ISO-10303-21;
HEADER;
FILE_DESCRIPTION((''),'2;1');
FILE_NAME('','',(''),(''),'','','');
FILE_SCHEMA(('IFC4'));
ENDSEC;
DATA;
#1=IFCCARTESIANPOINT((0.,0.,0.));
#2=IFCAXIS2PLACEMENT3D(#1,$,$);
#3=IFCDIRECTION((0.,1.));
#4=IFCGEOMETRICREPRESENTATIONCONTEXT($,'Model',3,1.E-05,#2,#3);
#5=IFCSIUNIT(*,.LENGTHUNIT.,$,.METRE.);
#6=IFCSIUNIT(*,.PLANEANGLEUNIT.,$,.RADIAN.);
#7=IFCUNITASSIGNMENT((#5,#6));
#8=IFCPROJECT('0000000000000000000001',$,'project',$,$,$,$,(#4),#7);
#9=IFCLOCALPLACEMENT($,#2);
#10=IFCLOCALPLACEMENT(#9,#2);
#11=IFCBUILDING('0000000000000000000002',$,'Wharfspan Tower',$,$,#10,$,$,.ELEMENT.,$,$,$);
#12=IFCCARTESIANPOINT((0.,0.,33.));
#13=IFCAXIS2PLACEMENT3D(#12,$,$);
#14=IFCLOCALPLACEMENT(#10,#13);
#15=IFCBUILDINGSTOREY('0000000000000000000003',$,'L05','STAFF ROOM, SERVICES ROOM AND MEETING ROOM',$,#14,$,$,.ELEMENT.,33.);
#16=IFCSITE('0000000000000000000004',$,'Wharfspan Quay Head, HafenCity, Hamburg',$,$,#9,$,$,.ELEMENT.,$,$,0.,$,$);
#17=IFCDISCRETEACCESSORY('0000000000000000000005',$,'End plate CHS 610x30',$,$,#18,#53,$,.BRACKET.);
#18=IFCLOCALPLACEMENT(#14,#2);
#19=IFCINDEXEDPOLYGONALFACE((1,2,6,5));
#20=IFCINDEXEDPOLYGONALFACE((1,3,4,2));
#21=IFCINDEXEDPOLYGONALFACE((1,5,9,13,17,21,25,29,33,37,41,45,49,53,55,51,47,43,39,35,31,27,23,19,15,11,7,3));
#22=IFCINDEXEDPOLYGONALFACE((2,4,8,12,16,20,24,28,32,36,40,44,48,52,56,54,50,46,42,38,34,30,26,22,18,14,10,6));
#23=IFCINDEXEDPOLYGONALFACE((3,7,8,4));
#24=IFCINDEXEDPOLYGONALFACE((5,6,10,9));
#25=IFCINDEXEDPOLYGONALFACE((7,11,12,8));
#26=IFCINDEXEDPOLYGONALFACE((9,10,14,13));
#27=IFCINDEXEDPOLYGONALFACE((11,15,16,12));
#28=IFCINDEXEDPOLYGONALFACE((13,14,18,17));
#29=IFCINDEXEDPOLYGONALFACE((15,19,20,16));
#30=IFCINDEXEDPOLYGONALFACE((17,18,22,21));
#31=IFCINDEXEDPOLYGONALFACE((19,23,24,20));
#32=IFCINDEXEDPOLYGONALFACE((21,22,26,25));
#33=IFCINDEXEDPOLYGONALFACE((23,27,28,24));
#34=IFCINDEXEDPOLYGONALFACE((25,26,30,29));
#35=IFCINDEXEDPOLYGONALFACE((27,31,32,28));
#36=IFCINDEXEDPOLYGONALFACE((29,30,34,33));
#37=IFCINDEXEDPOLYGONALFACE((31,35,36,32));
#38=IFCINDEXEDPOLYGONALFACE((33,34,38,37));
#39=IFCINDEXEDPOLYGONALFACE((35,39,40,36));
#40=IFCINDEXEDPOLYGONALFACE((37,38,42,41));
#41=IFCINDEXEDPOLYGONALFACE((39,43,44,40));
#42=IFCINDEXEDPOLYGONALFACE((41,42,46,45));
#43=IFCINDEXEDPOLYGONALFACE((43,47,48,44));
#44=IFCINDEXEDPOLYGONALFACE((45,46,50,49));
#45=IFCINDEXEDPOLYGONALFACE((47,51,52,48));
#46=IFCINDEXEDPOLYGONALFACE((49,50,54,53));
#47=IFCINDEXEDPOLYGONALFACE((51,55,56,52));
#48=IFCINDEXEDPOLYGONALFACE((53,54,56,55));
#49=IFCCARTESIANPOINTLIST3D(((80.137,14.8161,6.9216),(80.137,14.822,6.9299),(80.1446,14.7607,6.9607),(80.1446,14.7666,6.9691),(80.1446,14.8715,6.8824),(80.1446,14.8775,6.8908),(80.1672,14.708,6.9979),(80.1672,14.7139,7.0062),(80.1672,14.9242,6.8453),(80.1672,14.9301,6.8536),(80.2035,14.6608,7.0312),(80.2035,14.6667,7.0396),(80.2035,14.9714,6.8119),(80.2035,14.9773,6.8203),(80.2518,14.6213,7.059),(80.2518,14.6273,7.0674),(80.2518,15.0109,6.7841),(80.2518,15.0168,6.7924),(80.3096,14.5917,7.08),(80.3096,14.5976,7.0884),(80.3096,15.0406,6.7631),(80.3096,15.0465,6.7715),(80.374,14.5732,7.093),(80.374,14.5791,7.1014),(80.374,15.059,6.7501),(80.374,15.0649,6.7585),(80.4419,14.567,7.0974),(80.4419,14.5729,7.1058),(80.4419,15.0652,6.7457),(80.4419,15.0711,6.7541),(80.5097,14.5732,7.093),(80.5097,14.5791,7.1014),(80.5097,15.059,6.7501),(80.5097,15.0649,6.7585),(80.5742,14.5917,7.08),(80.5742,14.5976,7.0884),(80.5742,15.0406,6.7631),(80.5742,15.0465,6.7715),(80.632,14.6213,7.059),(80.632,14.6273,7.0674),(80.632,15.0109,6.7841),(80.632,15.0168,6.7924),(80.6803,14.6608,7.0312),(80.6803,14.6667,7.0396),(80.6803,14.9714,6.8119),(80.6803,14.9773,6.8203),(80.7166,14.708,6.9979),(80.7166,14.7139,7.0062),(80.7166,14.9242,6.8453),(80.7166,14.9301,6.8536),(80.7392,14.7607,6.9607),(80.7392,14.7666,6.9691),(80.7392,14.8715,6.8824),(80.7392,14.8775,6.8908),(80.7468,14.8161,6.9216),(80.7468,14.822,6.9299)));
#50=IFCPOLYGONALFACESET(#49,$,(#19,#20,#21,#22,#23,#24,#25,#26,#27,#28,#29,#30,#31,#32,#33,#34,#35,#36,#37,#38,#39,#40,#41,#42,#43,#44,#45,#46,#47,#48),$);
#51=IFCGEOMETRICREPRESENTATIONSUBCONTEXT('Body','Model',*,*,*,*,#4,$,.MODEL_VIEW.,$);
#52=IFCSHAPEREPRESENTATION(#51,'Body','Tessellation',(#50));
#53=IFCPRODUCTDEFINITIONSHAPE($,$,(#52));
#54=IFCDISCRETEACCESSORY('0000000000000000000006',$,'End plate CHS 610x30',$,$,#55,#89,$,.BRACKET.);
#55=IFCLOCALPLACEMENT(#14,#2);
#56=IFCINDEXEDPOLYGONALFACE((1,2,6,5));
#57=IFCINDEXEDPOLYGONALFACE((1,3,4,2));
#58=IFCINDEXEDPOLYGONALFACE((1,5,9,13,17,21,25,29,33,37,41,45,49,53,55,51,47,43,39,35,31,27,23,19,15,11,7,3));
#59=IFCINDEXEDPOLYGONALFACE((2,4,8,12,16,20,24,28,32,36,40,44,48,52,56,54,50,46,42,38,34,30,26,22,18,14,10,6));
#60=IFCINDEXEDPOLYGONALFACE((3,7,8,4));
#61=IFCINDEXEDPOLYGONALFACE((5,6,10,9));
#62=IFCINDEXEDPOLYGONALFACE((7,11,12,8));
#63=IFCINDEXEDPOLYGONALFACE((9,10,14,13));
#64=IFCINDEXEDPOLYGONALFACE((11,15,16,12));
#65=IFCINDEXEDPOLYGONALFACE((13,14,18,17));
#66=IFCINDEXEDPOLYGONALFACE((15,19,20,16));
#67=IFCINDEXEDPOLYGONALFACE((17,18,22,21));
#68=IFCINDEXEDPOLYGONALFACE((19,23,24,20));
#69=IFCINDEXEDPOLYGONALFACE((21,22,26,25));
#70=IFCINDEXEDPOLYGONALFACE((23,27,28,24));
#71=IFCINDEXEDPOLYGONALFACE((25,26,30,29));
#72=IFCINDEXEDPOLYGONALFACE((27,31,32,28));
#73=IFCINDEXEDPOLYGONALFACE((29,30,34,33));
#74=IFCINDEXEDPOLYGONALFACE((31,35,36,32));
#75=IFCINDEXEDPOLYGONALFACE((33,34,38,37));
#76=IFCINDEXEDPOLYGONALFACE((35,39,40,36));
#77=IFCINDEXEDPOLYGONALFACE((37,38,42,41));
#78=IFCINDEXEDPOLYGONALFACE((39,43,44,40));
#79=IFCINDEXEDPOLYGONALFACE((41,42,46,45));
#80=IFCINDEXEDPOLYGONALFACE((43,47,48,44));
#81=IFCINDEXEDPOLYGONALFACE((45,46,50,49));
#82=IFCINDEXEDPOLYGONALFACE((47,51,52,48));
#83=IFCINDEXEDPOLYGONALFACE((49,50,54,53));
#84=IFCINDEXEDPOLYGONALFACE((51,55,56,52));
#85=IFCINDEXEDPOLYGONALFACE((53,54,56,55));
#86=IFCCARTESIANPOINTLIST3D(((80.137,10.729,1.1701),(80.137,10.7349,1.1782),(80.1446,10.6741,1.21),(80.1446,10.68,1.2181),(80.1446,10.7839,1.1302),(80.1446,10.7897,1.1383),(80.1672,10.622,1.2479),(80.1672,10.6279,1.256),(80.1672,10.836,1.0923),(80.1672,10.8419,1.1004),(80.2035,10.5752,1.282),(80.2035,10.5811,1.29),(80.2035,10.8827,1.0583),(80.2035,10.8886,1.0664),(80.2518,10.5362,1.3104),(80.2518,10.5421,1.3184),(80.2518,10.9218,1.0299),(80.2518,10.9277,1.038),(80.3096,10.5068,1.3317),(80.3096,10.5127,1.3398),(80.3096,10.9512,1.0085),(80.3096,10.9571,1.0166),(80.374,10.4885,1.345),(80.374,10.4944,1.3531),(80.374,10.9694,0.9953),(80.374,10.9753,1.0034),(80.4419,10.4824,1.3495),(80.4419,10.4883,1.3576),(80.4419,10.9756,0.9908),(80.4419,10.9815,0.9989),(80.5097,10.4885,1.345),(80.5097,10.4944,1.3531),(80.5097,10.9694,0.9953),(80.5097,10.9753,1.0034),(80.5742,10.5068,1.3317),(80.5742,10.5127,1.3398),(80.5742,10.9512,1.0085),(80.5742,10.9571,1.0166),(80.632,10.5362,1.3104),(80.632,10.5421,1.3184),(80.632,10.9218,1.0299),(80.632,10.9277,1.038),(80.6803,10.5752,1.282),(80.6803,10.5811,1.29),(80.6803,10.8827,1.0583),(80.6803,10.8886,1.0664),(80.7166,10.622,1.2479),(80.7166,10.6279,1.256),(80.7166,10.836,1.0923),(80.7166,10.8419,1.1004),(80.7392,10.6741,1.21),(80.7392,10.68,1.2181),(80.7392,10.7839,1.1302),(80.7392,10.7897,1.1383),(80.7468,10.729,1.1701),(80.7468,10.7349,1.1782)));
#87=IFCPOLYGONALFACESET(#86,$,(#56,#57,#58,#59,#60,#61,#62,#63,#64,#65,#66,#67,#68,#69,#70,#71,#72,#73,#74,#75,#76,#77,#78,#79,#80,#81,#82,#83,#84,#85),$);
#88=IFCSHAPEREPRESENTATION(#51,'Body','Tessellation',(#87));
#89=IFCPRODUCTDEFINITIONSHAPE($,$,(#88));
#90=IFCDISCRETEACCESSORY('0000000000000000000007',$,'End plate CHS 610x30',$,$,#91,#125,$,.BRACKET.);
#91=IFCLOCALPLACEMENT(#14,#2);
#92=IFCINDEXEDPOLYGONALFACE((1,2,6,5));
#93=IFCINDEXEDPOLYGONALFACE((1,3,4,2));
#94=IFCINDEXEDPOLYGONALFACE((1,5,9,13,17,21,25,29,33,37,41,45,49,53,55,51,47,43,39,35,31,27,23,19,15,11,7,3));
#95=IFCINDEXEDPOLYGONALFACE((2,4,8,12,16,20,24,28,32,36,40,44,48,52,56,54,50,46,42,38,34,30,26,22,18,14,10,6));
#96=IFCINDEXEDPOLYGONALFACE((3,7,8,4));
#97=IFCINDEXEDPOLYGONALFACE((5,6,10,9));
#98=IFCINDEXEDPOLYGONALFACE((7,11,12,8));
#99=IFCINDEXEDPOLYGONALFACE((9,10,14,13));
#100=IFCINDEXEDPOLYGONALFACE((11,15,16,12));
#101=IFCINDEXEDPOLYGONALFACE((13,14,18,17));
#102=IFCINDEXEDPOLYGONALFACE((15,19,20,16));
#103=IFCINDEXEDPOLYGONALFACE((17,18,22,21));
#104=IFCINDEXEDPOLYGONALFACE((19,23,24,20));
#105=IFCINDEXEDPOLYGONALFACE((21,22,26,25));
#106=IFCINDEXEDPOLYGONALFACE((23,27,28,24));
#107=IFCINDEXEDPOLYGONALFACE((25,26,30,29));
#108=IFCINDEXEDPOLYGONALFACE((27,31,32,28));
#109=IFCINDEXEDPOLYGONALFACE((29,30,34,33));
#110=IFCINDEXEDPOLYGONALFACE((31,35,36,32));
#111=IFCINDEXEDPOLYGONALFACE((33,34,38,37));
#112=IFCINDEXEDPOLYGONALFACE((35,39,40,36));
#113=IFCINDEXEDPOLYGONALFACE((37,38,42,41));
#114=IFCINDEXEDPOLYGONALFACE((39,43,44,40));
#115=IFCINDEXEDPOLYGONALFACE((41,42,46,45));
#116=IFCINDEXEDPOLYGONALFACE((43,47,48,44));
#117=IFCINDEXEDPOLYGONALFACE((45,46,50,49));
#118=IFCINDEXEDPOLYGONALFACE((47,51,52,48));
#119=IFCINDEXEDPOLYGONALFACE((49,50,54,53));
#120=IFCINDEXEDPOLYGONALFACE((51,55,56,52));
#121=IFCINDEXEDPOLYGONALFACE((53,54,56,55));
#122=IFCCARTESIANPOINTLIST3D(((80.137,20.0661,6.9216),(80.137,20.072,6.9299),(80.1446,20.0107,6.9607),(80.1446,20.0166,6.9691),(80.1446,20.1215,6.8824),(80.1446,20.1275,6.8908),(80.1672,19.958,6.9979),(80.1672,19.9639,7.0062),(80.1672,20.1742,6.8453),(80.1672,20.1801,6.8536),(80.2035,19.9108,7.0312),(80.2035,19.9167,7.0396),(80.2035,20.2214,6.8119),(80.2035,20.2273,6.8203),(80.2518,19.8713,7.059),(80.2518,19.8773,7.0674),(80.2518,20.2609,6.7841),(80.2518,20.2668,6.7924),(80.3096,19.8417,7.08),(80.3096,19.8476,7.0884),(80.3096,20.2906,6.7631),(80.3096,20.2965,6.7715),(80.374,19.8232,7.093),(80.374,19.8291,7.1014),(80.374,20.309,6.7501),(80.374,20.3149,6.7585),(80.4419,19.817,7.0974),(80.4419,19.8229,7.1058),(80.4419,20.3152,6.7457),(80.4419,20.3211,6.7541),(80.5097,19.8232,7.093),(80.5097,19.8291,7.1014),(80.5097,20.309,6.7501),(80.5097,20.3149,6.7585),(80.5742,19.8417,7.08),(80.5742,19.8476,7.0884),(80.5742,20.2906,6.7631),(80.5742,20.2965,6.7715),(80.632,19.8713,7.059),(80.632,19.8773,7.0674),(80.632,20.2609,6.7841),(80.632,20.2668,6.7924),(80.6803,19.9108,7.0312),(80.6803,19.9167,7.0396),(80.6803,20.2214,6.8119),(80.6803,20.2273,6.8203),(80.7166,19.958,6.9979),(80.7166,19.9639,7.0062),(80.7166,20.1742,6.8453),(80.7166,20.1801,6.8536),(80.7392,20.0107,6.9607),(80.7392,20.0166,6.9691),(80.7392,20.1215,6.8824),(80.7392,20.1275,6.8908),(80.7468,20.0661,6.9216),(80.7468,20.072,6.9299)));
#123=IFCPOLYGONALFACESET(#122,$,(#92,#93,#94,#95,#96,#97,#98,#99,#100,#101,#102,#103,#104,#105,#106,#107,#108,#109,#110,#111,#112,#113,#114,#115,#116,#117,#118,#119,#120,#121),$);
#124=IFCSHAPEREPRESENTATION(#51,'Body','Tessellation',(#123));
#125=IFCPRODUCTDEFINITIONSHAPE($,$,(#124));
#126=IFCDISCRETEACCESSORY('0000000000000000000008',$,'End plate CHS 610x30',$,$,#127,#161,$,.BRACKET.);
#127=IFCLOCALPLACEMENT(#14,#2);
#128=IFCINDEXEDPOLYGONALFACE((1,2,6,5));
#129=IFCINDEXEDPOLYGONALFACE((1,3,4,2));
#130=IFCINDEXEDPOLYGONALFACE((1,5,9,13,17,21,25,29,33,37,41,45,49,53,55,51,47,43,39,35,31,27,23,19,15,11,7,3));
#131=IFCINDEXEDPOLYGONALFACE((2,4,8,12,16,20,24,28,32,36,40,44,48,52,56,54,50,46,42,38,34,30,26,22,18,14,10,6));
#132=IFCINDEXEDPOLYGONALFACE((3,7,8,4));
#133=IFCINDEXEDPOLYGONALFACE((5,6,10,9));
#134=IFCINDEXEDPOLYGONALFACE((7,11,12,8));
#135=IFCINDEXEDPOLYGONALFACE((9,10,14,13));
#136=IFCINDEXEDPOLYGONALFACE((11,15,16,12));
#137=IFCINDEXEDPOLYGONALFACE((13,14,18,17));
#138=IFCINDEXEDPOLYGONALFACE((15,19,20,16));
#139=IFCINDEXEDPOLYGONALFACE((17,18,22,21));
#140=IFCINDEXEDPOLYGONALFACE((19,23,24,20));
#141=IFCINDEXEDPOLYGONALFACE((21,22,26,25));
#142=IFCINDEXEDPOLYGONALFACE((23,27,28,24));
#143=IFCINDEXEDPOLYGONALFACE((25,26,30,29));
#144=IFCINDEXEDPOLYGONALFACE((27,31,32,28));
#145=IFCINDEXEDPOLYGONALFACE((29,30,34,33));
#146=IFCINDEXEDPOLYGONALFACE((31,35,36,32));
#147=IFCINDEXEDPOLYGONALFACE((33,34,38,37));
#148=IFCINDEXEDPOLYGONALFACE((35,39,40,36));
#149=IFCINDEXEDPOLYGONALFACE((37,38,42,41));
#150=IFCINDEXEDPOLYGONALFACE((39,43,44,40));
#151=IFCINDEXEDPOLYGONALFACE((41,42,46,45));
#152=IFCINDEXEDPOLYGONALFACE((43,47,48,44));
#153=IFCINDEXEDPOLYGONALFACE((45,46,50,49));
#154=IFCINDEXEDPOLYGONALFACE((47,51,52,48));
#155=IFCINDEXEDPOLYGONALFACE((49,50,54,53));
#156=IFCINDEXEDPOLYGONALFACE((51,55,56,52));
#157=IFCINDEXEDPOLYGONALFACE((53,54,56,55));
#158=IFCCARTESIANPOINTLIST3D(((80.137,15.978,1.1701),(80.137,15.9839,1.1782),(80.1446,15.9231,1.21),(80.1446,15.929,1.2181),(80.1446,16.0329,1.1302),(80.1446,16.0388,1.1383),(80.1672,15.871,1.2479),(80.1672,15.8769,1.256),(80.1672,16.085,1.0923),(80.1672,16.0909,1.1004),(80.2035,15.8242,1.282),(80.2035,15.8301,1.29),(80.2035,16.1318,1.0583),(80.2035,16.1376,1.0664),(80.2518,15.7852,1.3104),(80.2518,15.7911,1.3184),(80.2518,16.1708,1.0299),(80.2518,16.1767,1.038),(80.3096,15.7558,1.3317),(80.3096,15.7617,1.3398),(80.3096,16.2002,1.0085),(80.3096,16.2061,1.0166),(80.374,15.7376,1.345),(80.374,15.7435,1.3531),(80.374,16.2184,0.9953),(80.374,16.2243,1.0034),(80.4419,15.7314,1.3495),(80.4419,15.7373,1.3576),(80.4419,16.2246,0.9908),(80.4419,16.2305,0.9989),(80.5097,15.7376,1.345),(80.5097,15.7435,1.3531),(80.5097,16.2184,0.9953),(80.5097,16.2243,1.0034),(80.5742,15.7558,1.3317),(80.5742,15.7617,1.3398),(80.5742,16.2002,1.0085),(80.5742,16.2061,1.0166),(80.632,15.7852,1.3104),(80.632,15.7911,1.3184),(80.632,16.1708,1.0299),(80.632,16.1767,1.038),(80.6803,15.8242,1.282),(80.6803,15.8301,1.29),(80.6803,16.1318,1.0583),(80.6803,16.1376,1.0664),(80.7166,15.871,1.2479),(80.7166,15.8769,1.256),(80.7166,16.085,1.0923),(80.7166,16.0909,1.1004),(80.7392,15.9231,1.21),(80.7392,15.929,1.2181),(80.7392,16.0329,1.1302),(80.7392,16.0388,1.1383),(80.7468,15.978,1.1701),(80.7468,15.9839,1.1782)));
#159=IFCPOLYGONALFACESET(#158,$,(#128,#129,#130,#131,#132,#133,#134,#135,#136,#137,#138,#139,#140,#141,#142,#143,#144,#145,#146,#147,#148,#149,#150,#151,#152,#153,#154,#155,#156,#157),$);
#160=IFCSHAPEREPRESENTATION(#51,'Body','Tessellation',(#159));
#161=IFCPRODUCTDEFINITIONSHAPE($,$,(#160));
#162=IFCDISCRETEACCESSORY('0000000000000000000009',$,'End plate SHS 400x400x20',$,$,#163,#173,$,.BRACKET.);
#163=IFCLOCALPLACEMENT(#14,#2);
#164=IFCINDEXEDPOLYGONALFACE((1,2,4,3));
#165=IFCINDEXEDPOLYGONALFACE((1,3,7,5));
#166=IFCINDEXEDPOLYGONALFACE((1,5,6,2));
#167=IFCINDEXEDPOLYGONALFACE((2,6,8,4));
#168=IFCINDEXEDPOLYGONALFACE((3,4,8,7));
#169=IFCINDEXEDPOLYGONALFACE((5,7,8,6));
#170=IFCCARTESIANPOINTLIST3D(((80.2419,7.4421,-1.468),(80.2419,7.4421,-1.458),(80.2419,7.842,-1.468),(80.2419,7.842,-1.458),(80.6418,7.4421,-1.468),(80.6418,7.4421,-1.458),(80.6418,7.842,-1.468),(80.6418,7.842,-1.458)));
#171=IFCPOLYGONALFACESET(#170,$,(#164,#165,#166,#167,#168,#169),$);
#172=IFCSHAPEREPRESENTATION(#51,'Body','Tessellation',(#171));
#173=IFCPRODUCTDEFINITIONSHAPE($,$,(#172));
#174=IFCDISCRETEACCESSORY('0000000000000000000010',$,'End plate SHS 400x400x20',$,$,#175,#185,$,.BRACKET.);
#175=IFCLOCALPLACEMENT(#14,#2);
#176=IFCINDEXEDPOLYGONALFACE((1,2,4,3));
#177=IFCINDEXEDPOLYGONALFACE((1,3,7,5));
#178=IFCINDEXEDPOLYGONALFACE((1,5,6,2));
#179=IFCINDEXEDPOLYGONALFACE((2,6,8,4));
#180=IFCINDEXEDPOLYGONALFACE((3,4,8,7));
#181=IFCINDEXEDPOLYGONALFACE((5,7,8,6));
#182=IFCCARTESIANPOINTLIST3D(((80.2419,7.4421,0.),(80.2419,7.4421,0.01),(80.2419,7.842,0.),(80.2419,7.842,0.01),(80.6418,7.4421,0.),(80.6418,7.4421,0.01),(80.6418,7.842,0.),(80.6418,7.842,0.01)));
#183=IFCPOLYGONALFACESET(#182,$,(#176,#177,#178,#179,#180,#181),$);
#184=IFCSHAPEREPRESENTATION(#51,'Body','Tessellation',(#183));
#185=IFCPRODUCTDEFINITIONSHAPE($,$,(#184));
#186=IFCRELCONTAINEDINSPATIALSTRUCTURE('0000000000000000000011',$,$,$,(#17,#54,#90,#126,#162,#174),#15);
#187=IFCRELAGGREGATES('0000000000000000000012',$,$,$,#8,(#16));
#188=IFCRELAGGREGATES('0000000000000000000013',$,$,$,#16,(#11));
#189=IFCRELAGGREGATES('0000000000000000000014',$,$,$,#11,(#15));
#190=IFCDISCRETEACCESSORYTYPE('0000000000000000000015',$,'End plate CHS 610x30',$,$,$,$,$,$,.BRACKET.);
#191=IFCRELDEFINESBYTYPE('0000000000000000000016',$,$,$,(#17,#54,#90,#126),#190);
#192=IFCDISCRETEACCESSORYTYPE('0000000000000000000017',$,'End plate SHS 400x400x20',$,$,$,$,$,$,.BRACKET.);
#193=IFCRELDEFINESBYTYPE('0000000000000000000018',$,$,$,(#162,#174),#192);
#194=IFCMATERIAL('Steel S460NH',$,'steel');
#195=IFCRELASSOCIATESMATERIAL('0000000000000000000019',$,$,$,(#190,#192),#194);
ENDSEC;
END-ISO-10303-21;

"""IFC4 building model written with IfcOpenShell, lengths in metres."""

from ifc_helpers import new_model, si_unit, direction, frame, origin, origin_2d, place, context, subcontext, project, spatial, rectangle, circle, extrude, material, material_profile, profile_set, type_object, element, save


model = new_model("IFC4")

# Units and contexts
model_context = context("Model", 3, precision=1e-05, world=origin(), true_north=direction((0.0, 1.0)))
body_context = subcontext(model_context, "Body", "Model", "MODEL_VIEW")
ifc_project = project(units=[si_unit("LENGTHUNIT", "METRE"), si_unit("PLANEANGLEUNIT", "RADIAN")], contexts=[model_context])

# Site, building, storey
site_placement = place(None, origin())
site = spatial("IfcSite", under=ifc_project, at=site_placement, Name="Wharfspan Quay Head, HafenCity, Hamburg", CompositionType="ELEMENT", RefElevation=0.0)
building_placement = place(site_placement, origin())
building = spatial("IfcBuilding", under=site, at=building_placement, Name="Wharfspan Tower", CompositionType="ELEMENT")
storey_placement = place(building_placement, frame((0.0, 0.0, 33.0)))
storey = spatial("IfcBuildingStorey", under=building, at=storey_placement, Name="L05", Description="STAFF ROOM, SERVICES ROOM AND MEETING ROOM", CompositionType="ELEMENT", Elevation=33.0)

# Shared definitions
ifc_material_1 = material(Name="Steel S460NH", Category="steel")

# Discrete accessories
ifc_material_profile_1 = material_profile(ifc_material_1, circle(Radius=0.3049, at=origin_2d()))
ifc_profile_set_1 = profile_set([ifc_material_profile_1], Name="Steel S460NH")
discrete_accessory_type_1 = type_object("IfcDiscreteAccessoryType", Name="End plate CHS 610x30", PredefinedType="BRACKET", material=ifc_profile_set_1)
for number, where, z_axis, x_axis, name in (
    (1, (80.4419, 14.822, 6.9299), (0.0, -0.576683, -0.816968), (1.0, 0.0, 0.0), "End plate CHS 610x30"),
):
    element("IfcDiscreteAccessory", number, at=place(storey_placement, frame(where, z_axis=z_axis, x_axis=x_axis)), inside=storey, type_object=discrete_accessory_type_1, Name=name, PredefinedType="BRACKET", context=body_context, shape_type="SweptSolid", body=[
        extrude(circle(Radius=0.3049, at=origin_2d()), origin(), (0.0, 0.0, 1.0), 0.0103),
    ])
discrete_accessory_1_placement = place(storey_placement, frame((80.4419, 10.7349, 1.1782), z_axis=(0.0, -0.588172, -0.808736), x_axis=(1.0, 0.0, 0.0)))
element("IfcDiscreteAccessory", 2, at=discrete_accessory_1_placement, inside=storey, type_object=discrete_accessory_type_1, Name="End plate CHS 610x30", PredefinedType="BRACKET", context=body_context, shape_type="SweptSolid", body=[
    extrude(circle(Radius=0.3049, at=origin_2d()), origin(), (0.0, 0.0, 1.0), 0.01),
])
discrete_accessory_2_placement = place(storey_placement, frame((80.4419, 20.072, 6.9299), z_axis=(0.0, -0.576683, -0.816968), x_axis=(1.0, 0.0, 0.0)))
element("IfcDiscreteAccessory", 3, at=discrete_accessory_2_placement, inside=storey, type_object=discrete_accessory_type_1, Name="End plate CHS 610x30", PredefinedType="BRACKET", context=body_context, shape_type="SweptSolid", body=[
    extrude(circle(Radius=0.3049, at=origin_2d()), origin(), (0.0, 0.0, 1.0), 0.0103),
])
discrete_accessory_3_placement = place(storey_placement, frame((80.4419, 15.9839, 1.1782), z_axis=(0.0, -0.588172, -0.808736), x_axis=(1.0, 0.0, 0.0)))
element("IfcDiscreteAccessory", 4, at=discrete_accessory_3_placement, inside=storey, type_object=discrete_accessory_type_1, Name="End plate CHS 610x30", PredefinedType="BRACKET", context=body_context, shape_type="SweptSolid", body=[
    extrude(circle(Radius=0.3049, at=origin_2d()), origin(), (0.0, 0.0, 1.0), 0.01),
])
ifc_material_profile_2 = material_profile(ifc_material_1, rectangle(XDim=0.3999, YDim=0.3999, at=origin_2d()))
ifc_profile_set_2 = profile_set([ifc_material_profile_2], Name="Steel S460NH")
discrete_accessory_type_2 = type_object("IfcDiscreteAccessoryType", Name="End plate SHS 400x400x20", PredefinedType="BRACKET", material=ifc_profile_set_2)
for number, where, z_axis, x_axis, name in (
    (5, (80.4419, 7.6421, -1.468), (0.0, 0.0, 1.0), (1.0, 0.0, 0.0), "End plate SHS 400x400x20"),
    (6, (80.4419, 7.6421, 0.0), (0.0, 0.0, 1.0), (1.0, 0.0, 0.0), "End plate SHS 400x400x20"),
):
    element("IfcDiscreteAccessory", number, at=place(storey_placement, frame(where, z_axis=z_axis, x_axis=x_axis)), inside=storey, type_object=discrete_accessory_type_2, Name=name, PredefinedType="BRACKET", context=body_context, shape_type="SweptSolid", body=[
        extrude(rectangle(XDim=0.3999, YDim=0.3999, at=origin_2d()), origin(), (0.0, 0.0, 1.0), 0.01),
    ])

save(model, "model.ifc")
